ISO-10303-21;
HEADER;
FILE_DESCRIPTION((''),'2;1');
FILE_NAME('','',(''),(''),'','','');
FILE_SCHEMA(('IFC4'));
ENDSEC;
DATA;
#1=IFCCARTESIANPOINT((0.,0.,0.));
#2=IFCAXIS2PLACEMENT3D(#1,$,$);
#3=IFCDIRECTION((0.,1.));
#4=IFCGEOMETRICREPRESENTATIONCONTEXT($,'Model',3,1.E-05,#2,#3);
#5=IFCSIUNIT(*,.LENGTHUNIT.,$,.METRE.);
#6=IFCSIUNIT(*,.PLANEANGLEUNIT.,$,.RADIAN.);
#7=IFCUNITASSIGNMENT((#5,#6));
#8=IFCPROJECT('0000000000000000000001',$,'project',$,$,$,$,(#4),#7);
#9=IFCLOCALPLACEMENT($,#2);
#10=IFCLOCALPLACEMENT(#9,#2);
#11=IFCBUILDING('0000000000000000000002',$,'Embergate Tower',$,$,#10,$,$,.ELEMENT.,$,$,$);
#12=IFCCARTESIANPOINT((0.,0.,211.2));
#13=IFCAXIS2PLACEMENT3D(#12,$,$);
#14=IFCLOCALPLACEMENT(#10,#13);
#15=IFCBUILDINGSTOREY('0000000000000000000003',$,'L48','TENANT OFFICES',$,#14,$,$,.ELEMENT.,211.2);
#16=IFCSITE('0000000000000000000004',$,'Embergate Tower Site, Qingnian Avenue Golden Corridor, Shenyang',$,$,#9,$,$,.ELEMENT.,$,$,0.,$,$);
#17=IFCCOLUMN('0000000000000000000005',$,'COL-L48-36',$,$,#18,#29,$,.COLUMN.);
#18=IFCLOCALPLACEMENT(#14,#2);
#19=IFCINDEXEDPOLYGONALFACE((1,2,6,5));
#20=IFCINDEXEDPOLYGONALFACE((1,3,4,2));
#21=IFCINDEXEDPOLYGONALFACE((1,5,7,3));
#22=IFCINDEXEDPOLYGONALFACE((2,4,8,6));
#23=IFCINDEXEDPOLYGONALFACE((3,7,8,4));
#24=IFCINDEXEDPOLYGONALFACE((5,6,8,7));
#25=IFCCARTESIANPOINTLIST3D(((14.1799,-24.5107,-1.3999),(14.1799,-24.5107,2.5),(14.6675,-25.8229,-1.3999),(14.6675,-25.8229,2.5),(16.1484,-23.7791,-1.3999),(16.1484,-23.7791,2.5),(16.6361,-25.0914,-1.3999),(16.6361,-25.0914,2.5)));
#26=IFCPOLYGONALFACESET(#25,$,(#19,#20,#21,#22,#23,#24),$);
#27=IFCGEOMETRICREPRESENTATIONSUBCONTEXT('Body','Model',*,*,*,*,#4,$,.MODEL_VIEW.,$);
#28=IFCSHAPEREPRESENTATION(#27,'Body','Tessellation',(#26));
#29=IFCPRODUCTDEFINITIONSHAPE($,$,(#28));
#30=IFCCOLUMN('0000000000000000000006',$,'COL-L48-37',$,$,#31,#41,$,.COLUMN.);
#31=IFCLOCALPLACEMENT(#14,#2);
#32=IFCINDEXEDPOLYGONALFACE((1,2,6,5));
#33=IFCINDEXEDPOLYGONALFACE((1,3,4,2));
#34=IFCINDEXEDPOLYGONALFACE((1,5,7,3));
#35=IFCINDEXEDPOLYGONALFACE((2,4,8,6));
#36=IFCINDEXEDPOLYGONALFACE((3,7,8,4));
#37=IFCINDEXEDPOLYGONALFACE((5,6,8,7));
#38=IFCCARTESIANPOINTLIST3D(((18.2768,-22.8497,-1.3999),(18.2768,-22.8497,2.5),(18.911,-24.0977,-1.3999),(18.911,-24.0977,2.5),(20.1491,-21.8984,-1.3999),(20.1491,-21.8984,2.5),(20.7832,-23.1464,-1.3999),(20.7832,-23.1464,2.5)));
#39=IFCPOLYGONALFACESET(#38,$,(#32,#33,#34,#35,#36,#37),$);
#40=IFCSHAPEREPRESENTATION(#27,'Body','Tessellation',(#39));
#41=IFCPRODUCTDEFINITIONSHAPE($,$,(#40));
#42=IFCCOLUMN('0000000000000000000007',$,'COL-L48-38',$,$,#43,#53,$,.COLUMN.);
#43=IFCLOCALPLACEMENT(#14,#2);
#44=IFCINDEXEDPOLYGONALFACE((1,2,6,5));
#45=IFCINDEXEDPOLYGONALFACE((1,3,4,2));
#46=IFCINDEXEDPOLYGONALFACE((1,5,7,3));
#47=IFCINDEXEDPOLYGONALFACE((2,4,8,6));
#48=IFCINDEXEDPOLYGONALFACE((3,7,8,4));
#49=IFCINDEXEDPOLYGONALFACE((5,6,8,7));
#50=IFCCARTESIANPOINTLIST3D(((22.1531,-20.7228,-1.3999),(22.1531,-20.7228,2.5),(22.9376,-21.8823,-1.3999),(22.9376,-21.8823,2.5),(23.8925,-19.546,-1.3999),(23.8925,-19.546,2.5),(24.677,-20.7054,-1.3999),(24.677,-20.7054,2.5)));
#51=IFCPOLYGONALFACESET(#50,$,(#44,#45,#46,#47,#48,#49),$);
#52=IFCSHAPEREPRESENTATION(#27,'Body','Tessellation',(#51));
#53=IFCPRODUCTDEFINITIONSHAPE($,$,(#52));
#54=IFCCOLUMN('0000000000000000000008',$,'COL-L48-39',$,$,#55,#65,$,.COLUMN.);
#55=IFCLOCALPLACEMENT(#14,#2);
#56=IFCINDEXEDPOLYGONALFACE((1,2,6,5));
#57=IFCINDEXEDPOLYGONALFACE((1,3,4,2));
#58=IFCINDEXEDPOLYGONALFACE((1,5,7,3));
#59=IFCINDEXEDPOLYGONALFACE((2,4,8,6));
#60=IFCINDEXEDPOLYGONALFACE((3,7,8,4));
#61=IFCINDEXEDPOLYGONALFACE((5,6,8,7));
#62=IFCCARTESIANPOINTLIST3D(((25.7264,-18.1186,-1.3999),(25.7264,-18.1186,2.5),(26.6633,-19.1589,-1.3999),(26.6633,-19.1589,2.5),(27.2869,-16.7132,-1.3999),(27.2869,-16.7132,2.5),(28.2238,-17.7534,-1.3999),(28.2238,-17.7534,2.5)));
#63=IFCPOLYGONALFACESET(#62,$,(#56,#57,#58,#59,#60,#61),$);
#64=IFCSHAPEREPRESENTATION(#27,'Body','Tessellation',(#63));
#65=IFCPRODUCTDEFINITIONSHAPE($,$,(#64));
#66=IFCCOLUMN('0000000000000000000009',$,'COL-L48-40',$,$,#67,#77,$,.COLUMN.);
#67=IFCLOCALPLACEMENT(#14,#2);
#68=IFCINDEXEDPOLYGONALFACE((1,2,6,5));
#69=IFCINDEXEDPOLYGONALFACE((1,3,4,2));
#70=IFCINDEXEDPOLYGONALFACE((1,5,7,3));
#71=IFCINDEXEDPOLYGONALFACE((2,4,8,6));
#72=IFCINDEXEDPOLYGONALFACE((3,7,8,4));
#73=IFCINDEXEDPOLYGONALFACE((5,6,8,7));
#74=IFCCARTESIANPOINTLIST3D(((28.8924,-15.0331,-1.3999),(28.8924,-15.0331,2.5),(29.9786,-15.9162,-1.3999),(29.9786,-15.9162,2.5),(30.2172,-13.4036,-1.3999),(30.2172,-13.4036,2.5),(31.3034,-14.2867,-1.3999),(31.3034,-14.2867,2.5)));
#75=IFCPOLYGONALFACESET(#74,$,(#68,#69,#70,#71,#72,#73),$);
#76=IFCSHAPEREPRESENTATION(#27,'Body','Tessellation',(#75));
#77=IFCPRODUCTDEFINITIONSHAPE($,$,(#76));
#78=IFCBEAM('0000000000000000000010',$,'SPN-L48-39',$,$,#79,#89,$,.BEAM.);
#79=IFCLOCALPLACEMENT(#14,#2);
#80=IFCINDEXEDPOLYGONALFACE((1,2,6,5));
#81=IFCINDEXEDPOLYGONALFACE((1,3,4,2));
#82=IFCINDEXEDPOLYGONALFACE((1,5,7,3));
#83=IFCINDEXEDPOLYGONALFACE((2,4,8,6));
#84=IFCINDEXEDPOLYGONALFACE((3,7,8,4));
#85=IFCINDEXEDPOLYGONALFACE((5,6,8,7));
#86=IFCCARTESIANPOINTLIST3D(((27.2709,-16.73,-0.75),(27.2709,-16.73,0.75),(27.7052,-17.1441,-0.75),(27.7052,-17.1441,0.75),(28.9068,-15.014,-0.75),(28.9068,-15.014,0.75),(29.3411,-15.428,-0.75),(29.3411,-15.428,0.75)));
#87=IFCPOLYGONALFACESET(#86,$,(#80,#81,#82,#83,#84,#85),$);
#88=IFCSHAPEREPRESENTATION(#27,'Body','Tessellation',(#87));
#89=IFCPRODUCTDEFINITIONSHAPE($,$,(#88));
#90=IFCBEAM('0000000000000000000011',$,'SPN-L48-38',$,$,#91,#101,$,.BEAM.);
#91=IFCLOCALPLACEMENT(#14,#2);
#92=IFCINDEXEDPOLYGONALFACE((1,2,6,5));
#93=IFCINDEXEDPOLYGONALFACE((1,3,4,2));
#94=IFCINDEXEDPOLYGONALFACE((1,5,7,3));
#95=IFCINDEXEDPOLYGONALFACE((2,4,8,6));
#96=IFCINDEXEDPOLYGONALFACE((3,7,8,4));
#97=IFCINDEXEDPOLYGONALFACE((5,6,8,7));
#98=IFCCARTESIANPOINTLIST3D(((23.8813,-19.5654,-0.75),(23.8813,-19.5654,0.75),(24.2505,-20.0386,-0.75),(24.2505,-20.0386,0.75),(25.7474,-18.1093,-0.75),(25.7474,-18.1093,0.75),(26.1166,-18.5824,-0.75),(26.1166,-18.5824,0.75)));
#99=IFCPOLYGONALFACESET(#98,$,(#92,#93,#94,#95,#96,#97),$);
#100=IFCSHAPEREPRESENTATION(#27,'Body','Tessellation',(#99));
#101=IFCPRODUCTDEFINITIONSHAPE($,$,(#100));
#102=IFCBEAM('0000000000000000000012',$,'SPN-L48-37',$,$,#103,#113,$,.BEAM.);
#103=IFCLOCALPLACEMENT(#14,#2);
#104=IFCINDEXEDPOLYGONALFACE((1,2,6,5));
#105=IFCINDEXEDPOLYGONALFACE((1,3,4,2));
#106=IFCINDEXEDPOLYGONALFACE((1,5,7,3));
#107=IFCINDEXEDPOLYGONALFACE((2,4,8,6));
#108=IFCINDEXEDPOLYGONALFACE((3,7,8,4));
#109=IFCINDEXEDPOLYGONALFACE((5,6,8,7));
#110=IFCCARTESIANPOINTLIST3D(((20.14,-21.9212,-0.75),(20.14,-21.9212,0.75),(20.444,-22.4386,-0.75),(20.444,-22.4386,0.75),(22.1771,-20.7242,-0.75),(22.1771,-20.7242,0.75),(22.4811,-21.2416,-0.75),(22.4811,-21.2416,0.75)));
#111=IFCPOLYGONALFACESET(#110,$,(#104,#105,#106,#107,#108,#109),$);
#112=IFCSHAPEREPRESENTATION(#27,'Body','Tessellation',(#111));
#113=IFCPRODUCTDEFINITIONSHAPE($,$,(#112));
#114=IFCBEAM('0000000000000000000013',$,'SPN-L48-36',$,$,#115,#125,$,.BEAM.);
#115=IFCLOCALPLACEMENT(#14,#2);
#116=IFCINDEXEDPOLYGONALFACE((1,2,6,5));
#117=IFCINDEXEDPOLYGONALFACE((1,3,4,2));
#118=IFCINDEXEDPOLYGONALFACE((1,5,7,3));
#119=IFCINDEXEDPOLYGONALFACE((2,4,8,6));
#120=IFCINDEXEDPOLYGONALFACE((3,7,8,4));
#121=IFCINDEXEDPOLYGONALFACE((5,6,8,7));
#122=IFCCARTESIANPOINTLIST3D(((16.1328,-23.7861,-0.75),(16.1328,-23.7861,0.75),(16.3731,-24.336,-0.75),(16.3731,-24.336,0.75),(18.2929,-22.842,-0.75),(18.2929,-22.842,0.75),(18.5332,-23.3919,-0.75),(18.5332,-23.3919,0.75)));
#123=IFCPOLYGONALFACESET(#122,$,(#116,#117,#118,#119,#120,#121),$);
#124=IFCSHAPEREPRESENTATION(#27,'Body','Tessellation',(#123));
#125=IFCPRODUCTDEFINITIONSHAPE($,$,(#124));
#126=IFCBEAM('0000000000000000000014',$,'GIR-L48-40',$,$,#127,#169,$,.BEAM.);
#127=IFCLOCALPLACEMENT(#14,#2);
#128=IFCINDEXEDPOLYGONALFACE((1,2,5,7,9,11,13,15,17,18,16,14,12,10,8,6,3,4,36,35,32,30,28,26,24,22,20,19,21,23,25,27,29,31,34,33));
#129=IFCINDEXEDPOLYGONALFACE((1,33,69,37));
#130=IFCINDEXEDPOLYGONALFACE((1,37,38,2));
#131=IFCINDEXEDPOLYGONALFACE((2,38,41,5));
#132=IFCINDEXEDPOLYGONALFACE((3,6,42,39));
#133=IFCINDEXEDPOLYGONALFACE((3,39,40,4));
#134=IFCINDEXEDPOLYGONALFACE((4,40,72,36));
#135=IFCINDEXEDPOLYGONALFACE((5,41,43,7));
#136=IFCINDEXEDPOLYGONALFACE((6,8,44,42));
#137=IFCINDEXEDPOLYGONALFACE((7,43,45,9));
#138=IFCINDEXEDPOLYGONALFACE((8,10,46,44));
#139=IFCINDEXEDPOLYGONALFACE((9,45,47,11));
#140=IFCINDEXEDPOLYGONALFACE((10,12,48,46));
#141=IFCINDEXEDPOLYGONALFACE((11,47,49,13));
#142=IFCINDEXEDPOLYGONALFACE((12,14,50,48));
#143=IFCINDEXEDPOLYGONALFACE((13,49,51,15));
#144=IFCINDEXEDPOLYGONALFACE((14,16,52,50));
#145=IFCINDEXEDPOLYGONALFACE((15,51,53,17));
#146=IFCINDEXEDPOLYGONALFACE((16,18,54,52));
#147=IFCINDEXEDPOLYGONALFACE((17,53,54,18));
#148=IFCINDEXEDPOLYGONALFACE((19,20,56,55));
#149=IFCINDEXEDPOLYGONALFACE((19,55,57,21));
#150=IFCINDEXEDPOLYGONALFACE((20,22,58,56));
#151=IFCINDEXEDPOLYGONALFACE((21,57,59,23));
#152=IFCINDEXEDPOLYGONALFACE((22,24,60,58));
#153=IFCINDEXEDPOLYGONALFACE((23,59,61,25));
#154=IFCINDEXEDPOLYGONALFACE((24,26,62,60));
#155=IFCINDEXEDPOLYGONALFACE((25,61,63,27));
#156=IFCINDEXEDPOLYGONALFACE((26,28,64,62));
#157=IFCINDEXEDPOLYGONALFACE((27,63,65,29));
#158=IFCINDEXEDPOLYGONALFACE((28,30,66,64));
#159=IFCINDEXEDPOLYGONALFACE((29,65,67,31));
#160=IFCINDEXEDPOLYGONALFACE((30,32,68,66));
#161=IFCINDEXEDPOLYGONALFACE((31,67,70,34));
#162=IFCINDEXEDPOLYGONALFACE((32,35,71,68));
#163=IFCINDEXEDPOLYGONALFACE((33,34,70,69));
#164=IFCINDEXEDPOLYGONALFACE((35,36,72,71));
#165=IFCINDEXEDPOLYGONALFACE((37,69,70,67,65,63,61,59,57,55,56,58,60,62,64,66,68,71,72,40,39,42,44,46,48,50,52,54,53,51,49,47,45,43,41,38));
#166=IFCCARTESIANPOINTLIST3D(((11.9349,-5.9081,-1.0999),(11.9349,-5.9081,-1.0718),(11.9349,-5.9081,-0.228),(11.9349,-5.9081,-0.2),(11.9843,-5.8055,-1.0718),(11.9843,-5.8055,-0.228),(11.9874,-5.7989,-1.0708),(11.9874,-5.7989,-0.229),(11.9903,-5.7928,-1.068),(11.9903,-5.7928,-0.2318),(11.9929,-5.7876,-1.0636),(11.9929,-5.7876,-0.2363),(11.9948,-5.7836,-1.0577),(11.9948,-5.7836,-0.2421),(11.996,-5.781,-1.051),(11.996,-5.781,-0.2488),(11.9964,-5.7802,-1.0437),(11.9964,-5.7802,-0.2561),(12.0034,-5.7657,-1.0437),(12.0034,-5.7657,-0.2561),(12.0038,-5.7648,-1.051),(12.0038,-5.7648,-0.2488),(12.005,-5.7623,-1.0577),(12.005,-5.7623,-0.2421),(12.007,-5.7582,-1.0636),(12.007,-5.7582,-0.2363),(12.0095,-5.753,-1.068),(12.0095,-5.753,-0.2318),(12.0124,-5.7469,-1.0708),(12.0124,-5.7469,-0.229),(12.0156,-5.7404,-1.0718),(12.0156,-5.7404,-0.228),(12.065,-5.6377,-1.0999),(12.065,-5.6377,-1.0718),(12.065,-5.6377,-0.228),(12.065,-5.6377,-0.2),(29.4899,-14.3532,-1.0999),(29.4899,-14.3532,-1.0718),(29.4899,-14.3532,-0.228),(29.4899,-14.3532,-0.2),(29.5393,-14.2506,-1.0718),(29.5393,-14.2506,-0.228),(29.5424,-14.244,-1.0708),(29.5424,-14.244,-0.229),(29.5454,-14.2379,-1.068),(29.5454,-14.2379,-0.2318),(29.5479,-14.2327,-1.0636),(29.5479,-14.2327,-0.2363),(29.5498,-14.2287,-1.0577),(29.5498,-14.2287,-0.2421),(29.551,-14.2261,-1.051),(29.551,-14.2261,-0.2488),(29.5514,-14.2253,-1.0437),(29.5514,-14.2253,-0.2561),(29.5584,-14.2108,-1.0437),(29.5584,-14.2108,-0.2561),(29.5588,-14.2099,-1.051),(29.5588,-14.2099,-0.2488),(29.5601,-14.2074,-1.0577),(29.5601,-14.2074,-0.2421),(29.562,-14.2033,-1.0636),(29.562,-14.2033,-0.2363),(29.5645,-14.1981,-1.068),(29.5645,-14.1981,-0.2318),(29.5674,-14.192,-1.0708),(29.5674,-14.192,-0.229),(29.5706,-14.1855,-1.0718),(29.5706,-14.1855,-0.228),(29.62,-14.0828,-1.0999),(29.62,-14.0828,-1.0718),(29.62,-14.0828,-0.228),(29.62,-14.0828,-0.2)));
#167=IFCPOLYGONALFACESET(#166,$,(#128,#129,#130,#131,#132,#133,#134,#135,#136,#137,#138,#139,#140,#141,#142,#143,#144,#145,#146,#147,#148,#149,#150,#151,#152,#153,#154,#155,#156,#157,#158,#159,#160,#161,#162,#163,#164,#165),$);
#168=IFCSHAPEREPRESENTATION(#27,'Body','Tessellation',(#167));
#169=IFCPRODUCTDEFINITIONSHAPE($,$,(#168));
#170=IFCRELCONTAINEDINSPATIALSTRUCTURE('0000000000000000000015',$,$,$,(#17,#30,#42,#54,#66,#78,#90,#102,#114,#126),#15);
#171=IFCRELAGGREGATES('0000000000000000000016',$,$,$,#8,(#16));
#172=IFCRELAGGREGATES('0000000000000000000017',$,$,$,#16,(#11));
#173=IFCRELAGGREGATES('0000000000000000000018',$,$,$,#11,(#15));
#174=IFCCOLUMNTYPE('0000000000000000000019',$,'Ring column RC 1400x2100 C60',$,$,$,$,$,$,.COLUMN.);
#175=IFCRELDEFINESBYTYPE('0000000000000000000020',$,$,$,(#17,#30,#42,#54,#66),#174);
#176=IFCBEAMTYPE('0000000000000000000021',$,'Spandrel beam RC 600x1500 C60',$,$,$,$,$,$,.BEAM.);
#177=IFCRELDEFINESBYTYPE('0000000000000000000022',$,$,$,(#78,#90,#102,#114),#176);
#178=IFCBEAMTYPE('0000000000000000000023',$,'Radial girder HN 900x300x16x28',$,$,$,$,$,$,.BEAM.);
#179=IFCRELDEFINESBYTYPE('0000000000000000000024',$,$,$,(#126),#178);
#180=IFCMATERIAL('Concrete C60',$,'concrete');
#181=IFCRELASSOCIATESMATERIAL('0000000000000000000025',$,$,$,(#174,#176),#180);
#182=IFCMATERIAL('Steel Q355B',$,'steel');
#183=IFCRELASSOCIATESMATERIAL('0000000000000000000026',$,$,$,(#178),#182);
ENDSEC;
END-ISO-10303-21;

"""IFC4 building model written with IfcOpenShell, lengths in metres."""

from ifc_helpers import new_model, si_unit, direction, frame, origin, origin_2d, place, context, subcontext, project, spatial, rectangle, i_section, extrude, source, transform, mapped, material, material_profile, profile_set, type_object, element, save


model = new_model("IFC4")

# Units and contexts
model_context = context("Model", 3, precision=1e-05, world=origin(), true_north=direction((0.0, 1.0)))
body_context = subcontext(model_context, "Body", "Model", "MODEL_VIEW")
ifc_project = project(units=[si_unit("LENGTHUNIT", "METRE"), si_unit("PLANEANGLEUNIT", "RADIAN")], contexts=[model_context])

# Site, building, storey
site_placement = place(None, origin())
site = spatial("IfcSite", under=ifc_project, at=site_placement, Name="Embergate Tower Site, Qingnian Avenue Golden Corridor, Shenyang", CompositionType="ELEMENT", RefElevation=0.0)
building_placement = place(site_placement, origin())
building = spatial("IfcBuilding", under=site, at=building_placement, Name="Embergate Tower", CompositionType="ELEMENT")
storey_placement = place(building_placement, frame((0.0, 0.0, 211.2)))
storey = spatial("IfcBuildingStorey", under=building, at=storey_placement, Name="L48", Description="TENANT OFFICES", CompositionType="ELEMENT", Elevation=211.2)

# Columns
ifc_material_1 = material(Name="Concrete C60", Category="concrete")
ifc_material_profile_1 = material_profile(ifc_material_1, rectangle(XDim=1.3999, YDim=2.1001, at=origin_2d()), Name="RC 1400x2100")
ifc_profile_set_1 = profile_set([ifc_material_profile_1], Name="Concrete C60")
column_type = type_object("IfcColumnType", Name="Ring column RC 1400x2100 C60", PredefinedType="COLUMN", material=ifc_profile_set_1)
shared_shape_1 = source(origin(), body_context, "Body", "SweptSolid", [
    extrude(rectangle(XDim=1.3999, YDim=2.1001, at=origin_2d()), origin(), (0.0, 0.0, 1.0), 3.8999),
])
for number, where, z_axis, x_axis, name in (
    (1, (15.408, -24.801, -1.3999), (0.0, 0.0, 1.0), (0.348343, -0.937367, 0.0), "COL-L48-36"),
    (2, (19.53, -22.998, -1.3999), (0.0, 0.0, 1.0), (0.453011, -0.891505, 0.0), "COL-L48-37"),
    (3, (23.415, -20.7141, -1.3999), (0.0, 0.0, 1.0), (0.560393, -0.828227, 0.0), "COL-L48-38"),
    (4, (26.9751, -17.936, -1.3999), (0.0, 0.0, 1.0), (0.669221, -0.743063, 0.0), "COL-L48-39"),
    (5, (30.0979, -14.6599, -1.3999), (0.0, 0.0, 1.0), (0.775925, -0.630825, 0.0), "COL-L48-40"),
):
    element("IfcColumn", number, at=place(storey_placement, frame(where, z_axis=z_axis, x_axis=x_axis)), inside=storey, type_object=column_type, Name=name, PredefinedType="COLUMN", context=body_context, shape_type="MappedRepresentation", body=[
        mapped(shared_shape_1, transform((0.0, 0.0, 0.0))),
    ])

# Beams
ifc_material_profile_2 = material_profile(ifc_material_1, rectangle(XDim=0.6001, YDim=1.5, at=origin_2d()), Name="RC 600x1500")
ifc_profile_set_2 = profile_set([ifc_material_profile_2], Name="Concrete C60")
beam_type_1 = type_object("IfcBeamType", Name="Spandrel beam RC 600x1500 C60", PredefinedType="BEAM", material=ifc_profile_set_2)
shared_shape_2 = source(origin(), body_context, "Body", "SweptSolid", [
    extrude(rectangle(XDim=0.6001, YDim=1.5, at=origin_2d()), origin(), (0.0, 0.0, 1.0), 2.3708),
])
beam_1_placement = place(storey_placement, frame((27.488, -16.937, 0.0), z_axis=(0.690018, 0.723793, 0.0), x_axis=(-0.723793, 0.690018, 0.0)))
element("IfcBeam", 6, at=beam_1_placement, inside=storey, type_object=beam_type_1, Name="SPN-L48-39", PredefinedType="BEAM", context=body_context, shape_type="MappedRepresentation", body=[
    mapped(shared_shape_2, transform((0.0, 0.0, 0.0))),
])
shared_shape_3 = source(origin(), body_context, "Body", "SweptSolid", [
    extrude(rectangle(XDim=0.6001, YDim=1.5, at=origin_2d()), origin(), (0.0, 0.0, 1.0), 2.3669),
])
beam_2_placement = place(storey_placement, frame((24.0659, -19.802, 0.0), z_axis=(0.788379, 0.61519, 0.0), x_axis=(-0.61519, 0.788379, 0.0)))
element("IfcBeam", 7, at=beam_2_placement, inside=storey, type_object=beam_type_1, Name="SPN-L48-38", PredefinedType="BEAM", context=body_context, shape_type="MappedRepresentation", body=[
    mapped(shared_shape_3, transform((0.0, 0.0, 0.0))),
])
shared_shape_4 = source(origin(), body_context, "Body", "SweptSolid", [
    extrude(rectangle(XDim=0.6001, YDim=1.5, at=origin_2d()), origin(), (0.0, 0.0, 1.0), 2.3628),
])
beam_3_placement = place(storey_placement, frame((20.292, -22.1799, 0.0), z_axis=(0.862171, 0.506618, 0.0), x_axis=(-0.506618, 0.862171, 0.0)))
element("IfcBeam", 8, at=beam_3_placement, inside=storey, type_object=beam_type_1, Name="SPN-L48-37", PredefinedType="BEAM", context=body_context, shape_type="MappedRepresentation", body=[
    mapped(shared_shape_4, transform((0.0, 0.0, 0.0))),
])
shared_shape_5 = source(origin(), body_context, "Body", "SweptSolid", [
    extrude(rectangle(XDim=0.6001, YDim=1.5, at=origin_2d()), origin(), (0.0, 0.0, 1.0), 2.3574),
])
beam_4_placement = place(storey_placement, frame((16.2529, -24.061, 0.0), z_axis=(0.916309, 0.400471, 0.0), x_axis=(-0.400471, 0.916309, 0.0)))
element("IfcBeam", 9, at=beam_4_placement, inside=storey, type_object=beam_type_1, Name="SPN-L48-36", PredefinedType="BEAM", context=body_context, shape_type="MappedRepresentation", body=[
    mapped(shared_shape_5, transform((0.0, 0.0, 0.0))),
])
ifc_material_2 = material(Name="Steel Q355B", Category="steel")
ifc_material_profile_3 = material_profile(ifc_material_2, i_section(OverallWidth=0.3, OverallDepth=0.8999, WebThickness=0.0161, FlangeThickness=0.0281, FilletRadius=0.0281, at=origin_2d()), Name="HN 900x300x16x28")
ifc_profile_set_3 = profile_set([ifc_material_profile_3], Name="Steel Q355 grade B")
beam_type_2 = type_object("IfcBeamType", Name="Radial girder HN 900x300x16x28", PredefinedType="BEAM", material=ifc_profile_set_3)
shared_shape_6 = source(origin(), body_context, "Body", "SweptSolid", [
    extrude(i_section(OverallWidth=0.3, OverallDepth=0.8999, WebThickness=0.0161, FlangeThickness=0.0281, FilletRadius=0.0281, at=origin_2d()), origin(), (0.0, 0.0, 1.0), 19.4807),
])
beam_5_placement = place(storey_placement, frame((29.5549, -14.218, -0.6499), z_axis=(-0.901148, 0.433511, 0.0), x_axis=(-0.433511, -0.901148, 0.0)))
element("IfcBeam", 10, at=beam_5_placement, inside=storey, type_object=beam_type_2, Name="GIR-L48-40", PredefinedType="BEAM", context=body_context, shape_type="MappedRepresentation", body=[
    mapped(shared_shape_6, transform((0.0, 0.0, 0.0))),
])

save(model, "model.ifc")
